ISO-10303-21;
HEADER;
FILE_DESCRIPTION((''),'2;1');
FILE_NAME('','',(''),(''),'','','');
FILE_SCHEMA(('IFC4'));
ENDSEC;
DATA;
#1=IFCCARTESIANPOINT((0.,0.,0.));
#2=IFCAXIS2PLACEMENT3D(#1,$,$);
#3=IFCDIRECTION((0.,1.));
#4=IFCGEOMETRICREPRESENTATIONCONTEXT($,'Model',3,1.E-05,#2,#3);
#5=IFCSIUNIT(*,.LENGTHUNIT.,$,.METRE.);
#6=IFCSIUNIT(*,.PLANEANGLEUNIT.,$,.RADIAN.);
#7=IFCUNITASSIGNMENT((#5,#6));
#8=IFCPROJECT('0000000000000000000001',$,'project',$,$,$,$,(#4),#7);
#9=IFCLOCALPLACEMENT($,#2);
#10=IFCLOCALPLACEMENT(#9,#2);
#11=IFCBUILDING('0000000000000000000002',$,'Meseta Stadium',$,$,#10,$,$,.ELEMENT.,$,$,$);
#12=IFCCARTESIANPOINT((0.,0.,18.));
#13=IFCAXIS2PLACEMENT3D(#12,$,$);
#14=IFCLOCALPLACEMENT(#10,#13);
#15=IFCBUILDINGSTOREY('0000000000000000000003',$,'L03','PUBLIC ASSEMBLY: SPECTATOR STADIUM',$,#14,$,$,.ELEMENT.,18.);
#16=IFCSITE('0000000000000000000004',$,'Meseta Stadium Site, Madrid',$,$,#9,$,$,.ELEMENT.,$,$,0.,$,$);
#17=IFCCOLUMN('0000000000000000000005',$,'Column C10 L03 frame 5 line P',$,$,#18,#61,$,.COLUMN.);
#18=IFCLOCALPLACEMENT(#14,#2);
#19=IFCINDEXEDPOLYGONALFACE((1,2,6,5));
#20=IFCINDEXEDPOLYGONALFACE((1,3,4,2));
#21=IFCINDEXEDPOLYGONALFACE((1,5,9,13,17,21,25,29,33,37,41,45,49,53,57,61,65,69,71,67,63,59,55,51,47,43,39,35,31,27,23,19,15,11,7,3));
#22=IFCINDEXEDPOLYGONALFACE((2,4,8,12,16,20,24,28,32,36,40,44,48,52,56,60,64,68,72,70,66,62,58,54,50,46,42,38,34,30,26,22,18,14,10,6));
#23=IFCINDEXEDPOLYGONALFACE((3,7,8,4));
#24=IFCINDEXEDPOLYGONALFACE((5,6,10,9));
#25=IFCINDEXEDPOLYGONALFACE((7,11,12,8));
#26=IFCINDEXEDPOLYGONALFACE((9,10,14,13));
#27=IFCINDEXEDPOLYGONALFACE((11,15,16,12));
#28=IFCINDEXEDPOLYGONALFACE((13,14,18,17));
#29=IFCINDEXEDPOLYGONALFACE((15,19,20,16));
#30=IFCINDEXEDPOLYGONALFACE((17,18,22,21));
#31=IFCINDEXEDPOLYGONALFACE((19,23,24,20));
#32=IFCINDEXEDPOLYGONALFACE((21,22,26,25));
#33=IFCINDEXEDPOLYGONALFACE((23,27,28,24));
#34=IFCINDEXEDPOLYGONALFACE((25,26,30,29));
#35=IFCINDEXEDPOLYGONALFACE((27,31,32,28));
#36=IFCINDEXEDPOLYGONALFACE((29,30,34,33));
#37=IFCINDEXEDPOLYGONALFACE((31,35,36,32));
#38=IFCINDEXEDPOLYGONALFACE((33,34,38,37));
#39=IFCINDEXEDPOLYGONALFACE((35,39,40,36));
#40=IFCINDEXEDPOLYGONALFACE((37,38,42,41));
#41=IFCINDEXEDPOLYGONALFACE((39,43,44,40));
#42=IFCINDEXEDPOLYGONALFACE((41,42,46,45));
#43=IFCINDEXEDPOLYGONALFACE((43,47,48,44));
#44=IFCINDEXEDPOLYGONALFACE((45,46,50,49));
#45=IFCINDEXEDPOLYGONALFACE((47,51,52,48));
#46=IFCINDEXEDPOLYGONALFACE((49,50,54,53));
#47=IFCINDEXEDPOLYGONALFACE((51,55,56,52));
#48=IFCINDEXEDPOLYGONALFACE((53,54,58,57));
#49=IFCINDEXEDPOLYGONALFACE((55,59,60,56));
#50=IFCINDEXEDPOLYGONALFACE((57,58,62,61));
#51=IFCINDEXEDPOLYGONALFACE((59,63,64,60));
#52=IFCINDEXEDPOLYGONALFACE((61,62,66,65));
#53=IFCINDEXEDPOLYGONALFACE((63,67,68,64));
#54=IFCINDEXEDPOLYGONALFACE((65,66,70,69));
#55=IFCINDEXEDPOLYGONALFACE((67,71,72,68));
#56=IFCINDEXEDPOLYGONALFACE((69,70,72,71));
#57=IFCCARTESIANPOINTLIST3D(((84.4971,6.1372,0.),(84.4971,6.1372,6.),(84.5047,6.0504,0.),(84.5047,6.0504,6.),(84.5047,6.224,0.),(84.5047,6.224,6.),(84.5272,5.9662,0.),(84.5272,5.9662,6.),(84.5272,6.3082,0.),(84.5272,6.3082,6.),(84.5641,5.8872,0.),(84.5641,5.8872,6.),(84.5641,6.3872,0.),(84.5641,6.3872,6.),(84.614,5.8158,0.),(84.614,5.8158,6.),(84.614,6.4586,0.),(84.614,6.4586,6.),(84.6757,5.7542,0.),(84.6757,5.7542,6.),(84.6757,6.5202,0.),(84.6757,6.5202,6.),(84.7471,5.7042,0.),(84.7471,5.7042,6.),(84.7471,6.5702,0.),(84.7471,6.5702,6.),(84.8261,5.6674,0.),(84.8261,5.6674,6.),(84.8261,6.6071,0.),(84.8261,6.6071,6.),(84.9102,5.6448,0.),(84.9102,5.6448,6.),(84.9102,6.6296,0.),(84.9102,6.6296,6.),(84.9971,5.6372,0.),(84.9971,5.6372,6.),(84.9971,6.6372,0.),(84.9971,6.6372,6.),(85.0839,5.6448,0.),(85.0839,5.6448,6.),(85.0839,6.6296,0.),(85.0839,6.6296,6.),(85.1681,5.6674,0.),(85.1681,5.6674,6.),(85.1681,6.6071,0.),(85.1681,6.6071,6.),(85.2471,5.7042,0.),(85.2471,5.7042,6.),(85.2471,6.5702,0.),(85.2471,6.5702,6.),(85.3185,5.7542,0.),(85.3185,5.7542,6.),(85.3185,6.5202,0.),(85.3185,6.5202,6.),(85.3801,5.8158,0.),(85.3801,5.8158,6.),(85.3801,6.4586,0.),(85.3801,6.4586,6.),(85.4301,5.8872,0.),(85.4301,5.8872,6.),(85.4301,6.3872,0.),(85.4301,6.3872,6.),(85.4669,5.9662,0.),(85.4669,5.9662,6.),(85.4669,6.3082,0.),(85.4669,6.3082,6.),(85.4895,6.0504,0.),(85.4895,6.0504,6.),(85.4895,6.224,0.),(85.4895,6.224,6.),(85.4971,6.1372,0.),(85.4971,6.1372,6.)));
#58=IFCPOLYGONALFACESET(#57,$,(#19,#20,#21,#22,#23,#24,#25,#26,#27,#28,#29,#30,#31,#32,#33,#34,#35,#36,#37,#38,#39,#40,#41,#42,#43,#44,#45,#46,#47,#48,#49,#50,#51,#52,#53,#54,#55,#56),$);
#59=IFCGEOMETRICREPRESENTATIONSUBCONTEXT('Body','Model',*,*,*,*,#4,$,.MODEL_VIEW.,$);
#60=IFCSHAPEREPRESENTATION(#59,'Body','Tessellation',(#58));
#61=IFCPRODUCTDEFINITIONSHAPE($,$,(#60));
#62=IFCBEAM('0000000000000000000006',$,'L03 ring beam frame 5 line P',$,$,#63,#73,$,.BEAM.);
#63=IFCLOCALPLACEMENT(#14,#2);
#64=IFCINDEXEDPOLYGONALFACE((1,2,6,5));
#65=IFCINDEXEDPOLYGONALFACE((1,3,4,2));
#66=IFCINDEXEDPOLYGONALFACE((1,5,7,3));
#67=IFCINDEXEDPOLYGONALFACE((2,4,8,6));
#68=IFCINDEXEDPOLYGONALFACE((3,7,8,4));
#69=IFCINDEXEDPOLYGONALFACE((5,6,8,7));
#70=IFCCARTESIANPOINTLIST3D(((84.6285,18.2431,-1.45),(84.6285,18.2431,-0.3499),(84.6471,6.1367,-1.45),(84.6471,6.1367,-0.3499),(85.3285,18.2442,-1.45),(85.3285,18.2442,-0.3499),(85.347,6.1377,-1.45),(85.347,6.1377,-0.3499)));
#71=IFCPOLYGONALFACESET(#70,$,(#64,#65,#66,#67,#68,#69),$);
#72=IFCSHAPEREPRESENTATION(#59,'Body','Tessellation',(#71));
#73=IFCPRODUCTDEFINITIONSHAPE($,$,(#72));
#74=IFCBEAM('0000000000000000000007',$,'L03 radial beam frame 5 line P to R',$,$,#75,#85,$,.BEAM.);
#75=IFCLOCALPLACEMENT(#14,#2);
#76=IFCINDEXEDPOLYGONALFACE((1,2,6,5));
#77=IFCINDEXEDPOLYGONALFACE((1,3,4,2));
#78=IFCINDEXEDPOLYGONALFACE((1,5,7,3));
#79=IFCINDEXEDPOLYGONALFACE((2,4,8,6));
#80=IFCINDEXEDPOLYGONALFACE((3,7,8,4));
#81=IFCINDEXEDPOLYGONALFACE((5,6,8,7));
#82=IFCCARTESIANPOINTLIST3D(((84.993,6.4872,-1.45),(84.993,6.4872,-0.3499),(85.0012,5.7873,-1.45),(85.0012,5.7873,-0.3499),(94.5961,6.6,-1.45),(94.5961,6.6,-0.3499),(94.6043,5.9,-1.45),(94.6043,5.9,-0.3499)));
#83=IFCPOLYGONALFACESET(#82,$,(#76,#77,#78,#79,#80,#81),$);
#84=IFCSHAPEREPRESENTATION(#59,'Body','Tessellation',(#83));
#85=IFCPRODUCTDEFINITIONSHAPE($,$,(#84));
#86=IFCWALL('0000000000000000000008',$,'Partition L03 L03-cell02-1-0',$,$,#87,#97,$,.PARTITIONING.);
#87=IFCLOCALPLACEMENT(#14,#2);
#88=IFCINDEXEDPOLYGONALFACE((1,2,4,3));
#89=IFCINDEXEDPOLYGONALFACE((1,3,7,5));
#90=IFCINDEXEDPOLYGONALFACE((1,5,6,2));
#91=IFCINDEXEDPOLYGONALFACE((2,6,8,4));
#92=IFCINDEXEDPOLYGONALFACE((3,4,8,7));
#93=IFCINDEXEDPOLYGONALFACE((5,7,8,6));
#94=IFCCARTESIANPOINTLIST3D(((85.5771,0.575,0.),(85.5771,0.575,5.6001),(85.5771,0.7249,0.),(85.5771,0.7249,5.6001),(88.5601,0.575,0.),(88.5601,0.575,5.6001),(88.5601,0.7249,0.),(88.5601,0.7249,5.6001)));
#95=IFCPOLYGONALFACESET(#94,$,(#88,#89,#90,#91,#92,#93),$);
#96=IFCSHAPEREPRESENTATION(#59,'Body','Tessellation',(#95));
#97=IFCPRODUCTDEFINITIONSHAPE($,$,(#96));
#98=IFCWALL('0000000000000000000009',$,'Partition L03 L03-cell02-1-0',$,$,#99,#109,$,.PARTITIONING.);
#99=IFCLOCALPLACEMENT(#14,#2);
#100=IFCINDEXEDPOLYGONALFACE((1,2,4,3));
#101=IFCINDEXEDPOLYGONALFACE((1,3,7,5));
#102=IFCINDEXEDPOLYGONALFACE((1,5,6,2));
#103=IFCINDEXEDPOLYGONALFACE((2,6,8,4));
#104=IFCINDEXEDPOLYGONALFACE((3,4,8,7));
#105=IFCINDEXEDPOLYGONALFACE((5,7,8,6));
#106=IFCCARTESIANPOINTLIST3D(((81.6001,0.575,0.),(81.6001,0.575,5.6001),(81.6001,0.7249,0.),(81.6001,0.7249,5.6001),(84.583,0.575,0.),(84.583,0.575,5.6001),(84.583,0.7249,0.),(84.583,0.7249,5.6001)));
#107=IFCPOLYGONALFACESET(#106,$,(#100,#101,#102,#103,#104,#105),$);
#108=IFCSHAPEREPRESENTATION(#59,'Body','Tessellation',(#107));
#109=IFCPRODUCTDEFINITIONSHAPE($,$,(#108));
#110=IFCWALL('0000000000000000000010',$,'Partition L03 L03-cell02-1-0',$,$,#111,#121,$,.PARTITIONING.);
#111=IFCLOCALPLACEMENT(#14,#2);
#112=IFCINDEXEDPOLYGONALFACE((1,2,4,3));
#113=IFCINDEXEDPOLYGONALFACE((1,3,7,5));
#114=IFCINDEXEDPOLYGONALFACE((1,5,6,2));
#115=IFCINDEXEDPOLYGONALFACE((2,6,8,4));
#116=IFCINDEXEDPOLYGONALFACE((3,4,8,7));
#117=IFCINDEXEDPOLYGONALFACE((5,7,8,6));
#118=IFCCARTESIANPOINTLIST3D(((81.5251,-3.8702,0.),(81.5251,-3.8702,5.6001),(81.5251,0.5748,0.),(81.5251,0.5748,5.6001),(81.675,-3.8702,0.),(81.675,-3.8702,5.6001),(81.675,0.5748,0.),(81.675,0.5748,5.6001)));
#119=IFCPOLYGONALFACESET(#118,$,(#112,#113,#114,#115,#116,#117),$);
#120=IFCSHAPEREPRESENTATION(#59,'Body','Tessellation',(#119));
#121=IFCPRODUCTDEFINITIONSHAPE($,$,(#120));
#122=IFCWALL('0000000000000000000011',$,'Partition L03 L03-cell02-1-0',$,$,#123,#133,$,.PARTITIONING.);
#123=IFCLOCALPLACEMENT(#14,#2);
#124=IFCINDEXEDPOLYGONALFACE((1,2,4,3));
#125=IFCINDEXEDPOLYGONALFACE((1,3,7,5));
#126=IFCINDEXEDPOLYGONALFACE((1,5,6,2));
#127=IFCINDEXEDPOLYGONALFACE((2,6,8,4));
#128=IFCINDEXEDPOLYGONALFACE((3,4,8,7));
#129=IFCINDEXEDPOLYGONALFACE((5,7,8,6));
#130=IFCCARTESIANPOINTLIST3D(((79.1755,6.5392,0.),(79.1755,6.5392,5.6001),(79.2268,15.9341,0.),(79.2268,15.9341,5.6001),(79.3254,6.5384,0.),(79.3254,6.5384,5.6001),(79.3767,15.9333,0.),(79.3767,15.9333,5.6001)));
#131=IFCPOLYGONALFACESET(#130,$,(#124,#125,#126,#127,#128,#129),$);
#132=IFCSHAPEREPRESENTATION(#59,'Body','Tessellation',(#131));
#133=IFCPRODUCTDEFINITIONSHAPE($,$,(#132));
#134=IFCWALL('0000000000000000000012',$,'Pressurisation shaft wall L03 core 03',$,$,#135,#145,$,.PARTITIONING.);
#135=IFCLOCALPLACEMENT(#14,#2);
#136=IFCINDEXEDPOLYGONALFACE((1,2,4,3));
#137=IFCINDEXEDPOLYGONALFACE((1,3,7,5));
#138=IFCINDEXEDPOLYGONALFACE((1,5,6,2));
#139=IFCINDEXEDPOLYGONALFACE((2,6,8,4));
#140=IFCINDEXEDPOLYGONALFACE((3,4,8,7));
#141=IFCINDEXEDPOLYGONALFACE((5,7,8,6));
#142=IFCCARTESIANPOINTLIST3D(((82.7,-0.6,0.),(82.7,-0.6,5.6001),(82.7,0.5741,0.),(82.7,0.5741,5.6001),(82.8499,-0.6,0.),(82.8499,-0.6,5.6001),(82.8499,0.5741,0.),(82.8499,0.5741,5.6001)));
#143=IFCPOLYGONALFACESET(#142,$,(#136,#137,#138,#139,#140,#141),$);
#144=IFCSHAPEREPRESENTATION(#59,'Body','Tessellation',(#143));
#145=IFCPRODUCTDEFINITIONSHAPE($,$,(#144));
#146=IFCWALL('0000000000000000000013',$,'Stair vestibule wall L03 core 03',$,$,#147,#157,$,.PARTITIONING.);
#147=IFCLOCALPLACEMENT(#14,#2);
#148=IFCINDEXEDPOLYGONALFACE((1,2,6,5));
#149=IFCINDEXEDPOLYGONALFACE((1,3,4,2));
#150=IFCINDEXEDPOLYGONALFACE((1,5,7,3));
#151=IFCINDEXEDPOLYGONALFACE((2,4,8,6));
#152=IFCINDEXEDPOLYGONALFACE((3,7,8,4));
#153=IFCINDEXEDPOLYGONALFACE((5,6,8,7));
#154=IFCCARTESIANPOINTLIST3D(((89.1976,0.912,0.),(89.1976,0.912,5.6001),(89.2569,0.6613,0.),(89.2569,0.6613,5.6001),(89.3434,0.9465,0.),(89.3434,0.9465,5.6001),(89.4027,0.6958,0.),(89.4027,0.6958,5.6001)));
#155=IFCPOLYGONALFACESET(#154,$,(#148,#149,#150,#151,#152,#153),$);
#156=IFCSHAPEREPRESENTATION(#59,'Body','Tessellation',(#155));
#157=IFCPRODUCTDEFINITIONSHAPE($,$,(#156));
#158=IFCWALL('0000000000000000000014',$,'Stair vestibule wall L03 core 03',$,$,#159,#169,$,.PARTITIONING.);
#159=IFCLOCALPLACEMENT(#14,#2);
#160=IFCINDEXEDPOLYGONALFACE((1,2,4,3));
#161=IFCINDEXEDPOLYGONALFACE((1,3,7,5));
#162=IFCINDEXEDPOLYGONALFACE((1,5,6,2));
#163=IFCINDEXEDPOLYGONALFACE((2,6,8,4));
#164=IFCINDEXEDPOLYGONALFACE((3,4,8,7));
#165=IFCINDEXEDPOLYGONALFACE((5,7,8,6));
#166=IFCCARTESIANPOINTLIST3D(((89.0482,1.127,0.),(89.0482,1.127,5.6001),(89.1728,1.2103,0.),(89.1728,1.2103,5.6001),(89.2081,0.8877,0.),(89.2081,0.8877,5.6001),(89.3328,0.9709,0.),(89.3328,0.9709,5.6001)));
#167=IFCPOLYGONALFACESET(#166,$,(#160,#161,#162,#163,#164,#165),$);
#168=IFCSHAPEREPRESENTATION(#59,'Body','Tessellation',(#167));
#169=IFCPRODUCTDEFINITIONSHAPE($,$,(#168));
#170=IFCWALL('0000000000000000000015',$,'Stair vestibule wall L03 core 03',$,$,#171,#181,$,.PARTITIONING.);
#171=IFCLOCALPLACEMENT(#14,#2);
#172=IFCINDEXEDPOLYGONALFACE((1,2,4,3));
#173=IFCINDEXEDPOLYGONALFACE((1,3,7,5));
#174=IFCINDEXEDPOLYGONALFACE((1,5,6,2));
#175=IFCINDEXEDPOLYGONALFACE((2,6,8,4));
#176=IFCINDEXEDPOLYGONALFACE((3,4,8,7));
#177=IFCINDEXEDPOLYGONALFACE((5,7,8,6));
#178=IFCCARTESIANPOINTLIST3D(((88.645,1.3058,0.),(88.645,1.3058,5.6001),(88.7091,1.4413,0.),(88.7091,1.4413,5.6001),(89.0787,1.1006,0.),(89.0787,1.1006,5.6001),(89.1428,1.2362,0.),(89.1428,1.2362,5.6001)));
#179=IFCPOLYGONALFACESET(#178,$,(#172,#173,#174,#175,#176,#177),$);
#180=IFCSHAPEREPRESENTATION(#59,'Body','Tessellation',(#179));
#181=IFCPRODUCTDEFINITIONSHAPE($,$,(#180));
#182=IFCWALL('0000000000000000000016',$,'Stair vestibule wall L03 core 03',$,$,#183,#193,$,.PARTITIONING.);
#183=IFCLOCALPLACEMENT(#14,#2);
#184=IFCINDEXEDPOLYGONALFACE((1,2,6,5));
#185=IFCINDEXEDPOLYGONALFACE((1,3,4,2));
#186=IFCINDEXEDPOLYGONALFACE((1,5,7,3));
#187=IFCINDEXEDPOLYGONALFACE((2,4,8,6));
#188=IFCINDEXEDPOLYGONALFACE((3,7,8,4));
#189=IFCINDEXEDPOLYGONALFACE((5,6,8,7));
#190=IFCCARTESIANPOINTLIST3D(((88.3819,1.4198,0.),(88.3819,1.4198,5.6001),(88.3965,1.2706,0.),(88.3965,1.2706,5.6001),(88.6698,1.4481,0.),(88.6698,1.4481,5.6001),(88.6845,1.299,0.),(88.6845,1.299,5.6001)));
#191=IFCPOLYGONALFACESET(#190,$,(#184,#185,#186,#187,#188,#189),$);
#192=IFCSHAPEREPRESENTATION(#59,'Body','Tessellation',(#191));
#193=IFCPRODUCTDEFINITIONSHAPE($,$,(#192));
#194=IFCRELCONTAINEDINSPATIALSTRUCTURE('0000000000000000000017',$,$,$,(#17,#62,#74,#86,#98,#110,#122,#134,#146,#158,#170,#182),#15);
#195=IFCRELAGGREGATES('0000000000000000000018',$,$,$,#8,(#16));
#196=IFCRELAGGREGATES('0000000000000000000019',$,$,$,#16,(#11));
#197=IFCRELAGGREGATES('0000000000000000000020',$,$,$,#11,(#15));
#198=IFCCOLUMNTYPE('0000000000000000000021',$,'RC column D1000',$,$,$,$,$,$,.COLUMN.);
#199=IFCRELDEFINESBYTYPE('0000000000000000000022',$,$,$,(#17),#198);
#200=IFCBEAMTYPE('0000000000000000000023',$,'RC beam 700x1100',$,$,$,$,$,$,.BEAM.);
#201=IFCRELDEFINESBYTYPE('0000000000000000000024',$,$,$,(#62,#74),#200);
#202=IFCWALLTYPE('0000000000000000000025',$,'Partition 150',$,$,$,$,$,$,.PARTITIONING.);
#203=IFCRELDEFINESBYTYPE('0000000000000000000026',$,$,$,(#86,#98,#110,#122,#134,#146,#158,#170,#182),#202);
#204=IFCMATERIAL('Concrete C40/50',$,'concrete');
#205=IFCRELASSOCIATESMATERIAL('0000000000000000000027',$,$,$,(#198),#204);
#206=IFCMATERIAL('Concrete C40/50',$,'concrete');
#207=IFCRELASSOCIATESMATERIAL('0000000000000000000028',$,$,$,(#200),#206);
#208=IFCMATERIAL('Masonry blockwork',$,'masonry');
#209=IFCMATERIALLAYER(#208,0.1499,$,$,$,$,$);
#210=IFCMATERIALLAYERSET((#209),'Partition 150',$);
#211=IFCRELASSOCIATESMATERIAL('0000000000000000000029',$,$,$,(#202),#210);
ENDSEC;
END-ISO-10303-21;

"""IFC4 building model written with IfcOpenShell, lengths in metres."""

from ifc_helpers import new_model, si_unit, direction, frame, frame_2d, origin, origin_2d, place, context, subcontext, project, spatial, rectangle, circle, extrude, material, layer, layer_set, material_profile, profile_set, type_object, element, save


model = new_model("IFC4")

# Units and contexts
model_context = context("Model", 3, precision=1e-05, world=origin(), true_north=direction((0.0, 1.0)))
body_context = subcontext(model_context, "Body", "Model", "MODEL_VIEW")
ifc_project = project(units=[si_unit("LENGTHUNIT", "METRE"), si_unit("PLANEANGLEUNIT", "RADIAN")], contexts=[model_context])

# Site, building, storey
site_placement = place(None, origin())
site = spatial("IfcSite", under=ifc_project, at=site_placement, Name="Meseta Stadium Site, Madrid", CompositionType="ELEMENT", RefElevation=0.0)
building_placement = place(site_placement, origin())
building = spatial("IfcBuilding", under=site, at=building_placement, Name="Meseta Stadium", CompositionType="ELEMENT")
storey_placement = place(building_placement, frame((0.0, 0.0, 18.0)))
storey = spatial("IfcBuildingStorey", under=building, at=storey_placement, Name="L03", Description="PUBLIC ASSEMBLY: SPECTATOR STADIUM", CompositionType="ELEMENT", Elevation=18.0)

# Column
ifc_material_1 = material(Name="Concrete C40/50", Category="concrete")
ifc_material_profile_1 = material_profile(ifc_material_1, circle(Radius=0.5, at=origin_2d()), Name="RC D1000")
ifc_profile_set_1 = profile_set([ifc_material_profile_1], Name="Concrete C40/50")
column_type = type_object("IfcColumnType", Name="RC column D1000", PredefinedType="COLUMN", material=ifc_profile_set_1)
column_placement = place(storey_placement, frame((84.9971, 6.1372, 0.0), z_axis=(0.0, 0.0, 1.0), x_axis=(1.0, 0.0, 0.0)))
element("IfcColumn", 1, at=column_placement, inside=storey, type_object=column_type, Name="Column C10 L03 frame 5 line P", PredefinedType="COLUMN", context=body_context, shape_type="SweptSolid", body=[
    extrude(circle(Radius=0.5, at=origin_2d()), origin(), (0.0, 0.0, 1.0), 6.0),
])

# Beams
ifc_material_2 = material(Name="Concrete C40/50", Category="concrete")
ifc_material_profile_2 = material_profile(ifc_material_2, rectangle(XDim=0.7, YDim=1.1001, at=origin_2d()), Name="RC 700x1100")
ifc_profile_set_2 = profile_set([ifc_material_profile_2], Name="Concrete C40/50")
beam_type = type_object("IfcBeamType", Name="RC beam 700x1100", PredefinedType="BEAM", material=ifc_profile_set_2)
beam_1_placement = place(storey_placement, frame((84.9971, 6.1372, -0.8999), z_axis=(-0.001533, 0.999999, 0.0), x_axis=(-0.999999, -0.001533, 0.0)))
element("IfcBeam", 2, at=beam_1_placement, inside=storey, type_object=beam_type, Name="L03 ring beam frame 5 line P", PredefinedType="BEAM", context=body_context, shape_type="SweptSolid", body=[
    extrude(rectangle(XDim=0.7, YDim=1.1001, at=origin_2d()), origin(), (0.0, 0.0, 1.0), 12.1064),
])
beam_2_placement = place(storey_placement, frame((84.9971, 6.1372, -0.8999), z_axis=(0.999931, 0.011745, 0.0), x_axis=(-0.011745, 0.999931, 0.0)))
element("IfcBeam", 3, at=beam_2_placement, inside=storey, type_object=beam_type, Name="L03 radial beam frame 5 line P to R", PredefinedType="BEAM", context=body_context, shape_type="SweptSolid", body=[
    extrude(rectangle(XDim=0.7, YDim=1.1001, at=origin_2d()), origin(), (0.0, 0.0, 1.0), 9.6038),
])

# Walls
ifc_material_3 = material(Name="Masonry blockwork", Category="masonry")
ifc_layer = layer(ifc_material_3, 0.1499)
ifc_layer_set = layer_set([ifc_layer], Name="Partition 150")
wall_type = type_object("IfcWallType", Name="Partition 150", PredefinedType="PARTITIONING", material=ifc_layer_set)
for number, where, z_axis, x_axis, name in (
    (4, (88.5601, 0.6499, 0.0), (0.0, 0.0, 1.0), (-1.0, 0.0, 0.0), "Partition L03 L03-cell02-1-0"),
    (5, (84.583, 0.6499, 0.0), (0.0, 0.0, 1.0), (-1.0, 0.0, 0.0), "Partition L03 L03-cell02-1-0"),
):
    element("IfcWall", number, at=place(storey_placement, frame(where, z_axis=z_axis, x_axis=x_axis)), inside=storey, type_object=wall_type, Name=name, PredefinedType="PARTITIONING", context=body_context, shape_type="SweptSolid", body=[
        extrude(rectangle(XDim=2.9829, YDim=0.1499, at=frame_2d((1.4915, 0.0))), origin(), (0.0, 0.0, 1.0), 5.6001),
    ])
wall_1_placement = place(storey_placement, frame((81.6001, 0.575, 0.0), z_axis=(0.0, 0.0, 1.0), x_axis=(0.0, -1.0, 0.0)))
element("IfcWall", 6, at=wall_1_placement, inside=storey, type_object=wall_type, Name="Partition L03 L03-cell02-1-0", PredefinedType="PARTITIONING", context=body_context, shape_type="SweptSolid", body=[
    extrude(rectangle(XDim=4.4451, YDim=0.1499, at=frame_2d((2.2227, 0.0))), origin(), (0.0, 0.0, 1.0), 5.6001),
])
wall_2_placement = place(storey_placement, frame((79.2505, 6.5388, 0.0), z_axis=(0.0, 0.0, 1.0), x_axis=(0.005457, 0.999985, 0.0)))
element("IfcWall", 7, at=wall_2_placement, inside=storey, type_object=wall_type, Name="Partition L03 L03-cell02-1-0", PredefinedType="PARTITIONING", context=body_context, shape_type="SweptSolid", body=[
    extrude(rectangle(XDim=9.395, YDim=0.1499, at=frame_2d((4.6975, 0.0))), origin(), (0.0, 0.0, 1.0), 5.6001),
])
wall_3_placement = place(storey_placement, frame((82.7749, 0.574, 0.0), z_axis=(0.0, 0.0, 1.0), x_axis=(0.0, -1.0, 0.0)))
element("IfcWall", 8, at=wall_3_placement, inside=storey, type_object=wall_type, Name="Pressurisation shaft wall L03 core 03", PredefinedType="PARTITIONING", context=body_context, shape_type="SweptSolid", body=[
    extrude(rectangle(XDim=1.1741, YDim=0.1499, at=frame_2d((0.5869, 0.0))), origin(), (0.0, 0.0, 1.0), 5.6001),
])
wall_4_placement = place(storey_placement, frame((89.3298, 0.6785, 0.0), z_axis=(0.0, 0.0, 1.0), x_axis=(-0.230254, 0.973131, 0.0)))
element("IfcWall", 9, at=wall_4_placement, inside=storey, type_object=wall_type, Name="Stair vestibule wall L03 core 03", PredefinedType="PARTITIONING", context=body_context, shape_type="SweptSolid", body=[
    extrude(rectangle(XDim=0.2576, YDim=0.1499, at=frame_2d((0.1289, 0.0))), origin(), (0.0, 0.0, 1.0), 5.6001),
])
wall_5_placement = place(storey_placement, frame((89.2705, 0.9292, 0.0), z_axis=(0.0, 0.0, 1.0), x_axis=(-0.555679, 0.831397, 0.0)))
element("IfcWall", 10, at=wall_5_placement, inside=storey, type_object=wall_type, Name="Stair vestibule wall L03 core 03", PredefinedType="PARTITIONING", context=body_context, shape_type="SweptSolid", body=[
    extrude(rectangle(XDim=0.2878, YDim=0.1499, at=frame_2d((0.144, 0.0))), origin(), (0.0, 0.0, 1.0), 5.6001),
])
wall_6_placement = place(storey_placement, frame((89.1106, 1.1685, 0.0), z_axis=(0.0, 0.0, 1.0), x_axis=(-0.903986, 0.427561, 0.0)))
element("IfcWall", 11, at=wall_6_placement, inside=storey, type_object=wall_type, Name="Stair vestibule wall L03 core 03", PredefinedType="PARTITIONING", context=body_context, shape_type="SweptSolid", body=[
    extrude(rectangle(XDim=0.4797, YDim=0.1499, at=frame_2d((0.2397, 0.0))), origin(), (0.0, 0.0, 1.0), 5.6001),
])
for number, where, z_axis, x_axis, name in (
    (12, (88.677, 1.3735, 0.0), (0.0, 0.0, 1.0), (-0.995195, -0.097916, 0.0), "Stair vestibule wall L03 core 03"),
):
    element("IfcWall", number, at=place(storey_placement, frame(where, z_axis=z_axis, x_axis=x_axis)), inside=storey, type_object=wall_type, Name=name, PredefinedType="PARTITIONING", context=body_context, shape_type="SweptSolid", body=[
        extrude(rectangle(XDim=0.2893, YDim=0.1499, at=frame_2d((0.1445, 0.0))), origin(), (0.0, 0.0, 1.0), 5.6001),
    ])

save(model, "model.ifc")
